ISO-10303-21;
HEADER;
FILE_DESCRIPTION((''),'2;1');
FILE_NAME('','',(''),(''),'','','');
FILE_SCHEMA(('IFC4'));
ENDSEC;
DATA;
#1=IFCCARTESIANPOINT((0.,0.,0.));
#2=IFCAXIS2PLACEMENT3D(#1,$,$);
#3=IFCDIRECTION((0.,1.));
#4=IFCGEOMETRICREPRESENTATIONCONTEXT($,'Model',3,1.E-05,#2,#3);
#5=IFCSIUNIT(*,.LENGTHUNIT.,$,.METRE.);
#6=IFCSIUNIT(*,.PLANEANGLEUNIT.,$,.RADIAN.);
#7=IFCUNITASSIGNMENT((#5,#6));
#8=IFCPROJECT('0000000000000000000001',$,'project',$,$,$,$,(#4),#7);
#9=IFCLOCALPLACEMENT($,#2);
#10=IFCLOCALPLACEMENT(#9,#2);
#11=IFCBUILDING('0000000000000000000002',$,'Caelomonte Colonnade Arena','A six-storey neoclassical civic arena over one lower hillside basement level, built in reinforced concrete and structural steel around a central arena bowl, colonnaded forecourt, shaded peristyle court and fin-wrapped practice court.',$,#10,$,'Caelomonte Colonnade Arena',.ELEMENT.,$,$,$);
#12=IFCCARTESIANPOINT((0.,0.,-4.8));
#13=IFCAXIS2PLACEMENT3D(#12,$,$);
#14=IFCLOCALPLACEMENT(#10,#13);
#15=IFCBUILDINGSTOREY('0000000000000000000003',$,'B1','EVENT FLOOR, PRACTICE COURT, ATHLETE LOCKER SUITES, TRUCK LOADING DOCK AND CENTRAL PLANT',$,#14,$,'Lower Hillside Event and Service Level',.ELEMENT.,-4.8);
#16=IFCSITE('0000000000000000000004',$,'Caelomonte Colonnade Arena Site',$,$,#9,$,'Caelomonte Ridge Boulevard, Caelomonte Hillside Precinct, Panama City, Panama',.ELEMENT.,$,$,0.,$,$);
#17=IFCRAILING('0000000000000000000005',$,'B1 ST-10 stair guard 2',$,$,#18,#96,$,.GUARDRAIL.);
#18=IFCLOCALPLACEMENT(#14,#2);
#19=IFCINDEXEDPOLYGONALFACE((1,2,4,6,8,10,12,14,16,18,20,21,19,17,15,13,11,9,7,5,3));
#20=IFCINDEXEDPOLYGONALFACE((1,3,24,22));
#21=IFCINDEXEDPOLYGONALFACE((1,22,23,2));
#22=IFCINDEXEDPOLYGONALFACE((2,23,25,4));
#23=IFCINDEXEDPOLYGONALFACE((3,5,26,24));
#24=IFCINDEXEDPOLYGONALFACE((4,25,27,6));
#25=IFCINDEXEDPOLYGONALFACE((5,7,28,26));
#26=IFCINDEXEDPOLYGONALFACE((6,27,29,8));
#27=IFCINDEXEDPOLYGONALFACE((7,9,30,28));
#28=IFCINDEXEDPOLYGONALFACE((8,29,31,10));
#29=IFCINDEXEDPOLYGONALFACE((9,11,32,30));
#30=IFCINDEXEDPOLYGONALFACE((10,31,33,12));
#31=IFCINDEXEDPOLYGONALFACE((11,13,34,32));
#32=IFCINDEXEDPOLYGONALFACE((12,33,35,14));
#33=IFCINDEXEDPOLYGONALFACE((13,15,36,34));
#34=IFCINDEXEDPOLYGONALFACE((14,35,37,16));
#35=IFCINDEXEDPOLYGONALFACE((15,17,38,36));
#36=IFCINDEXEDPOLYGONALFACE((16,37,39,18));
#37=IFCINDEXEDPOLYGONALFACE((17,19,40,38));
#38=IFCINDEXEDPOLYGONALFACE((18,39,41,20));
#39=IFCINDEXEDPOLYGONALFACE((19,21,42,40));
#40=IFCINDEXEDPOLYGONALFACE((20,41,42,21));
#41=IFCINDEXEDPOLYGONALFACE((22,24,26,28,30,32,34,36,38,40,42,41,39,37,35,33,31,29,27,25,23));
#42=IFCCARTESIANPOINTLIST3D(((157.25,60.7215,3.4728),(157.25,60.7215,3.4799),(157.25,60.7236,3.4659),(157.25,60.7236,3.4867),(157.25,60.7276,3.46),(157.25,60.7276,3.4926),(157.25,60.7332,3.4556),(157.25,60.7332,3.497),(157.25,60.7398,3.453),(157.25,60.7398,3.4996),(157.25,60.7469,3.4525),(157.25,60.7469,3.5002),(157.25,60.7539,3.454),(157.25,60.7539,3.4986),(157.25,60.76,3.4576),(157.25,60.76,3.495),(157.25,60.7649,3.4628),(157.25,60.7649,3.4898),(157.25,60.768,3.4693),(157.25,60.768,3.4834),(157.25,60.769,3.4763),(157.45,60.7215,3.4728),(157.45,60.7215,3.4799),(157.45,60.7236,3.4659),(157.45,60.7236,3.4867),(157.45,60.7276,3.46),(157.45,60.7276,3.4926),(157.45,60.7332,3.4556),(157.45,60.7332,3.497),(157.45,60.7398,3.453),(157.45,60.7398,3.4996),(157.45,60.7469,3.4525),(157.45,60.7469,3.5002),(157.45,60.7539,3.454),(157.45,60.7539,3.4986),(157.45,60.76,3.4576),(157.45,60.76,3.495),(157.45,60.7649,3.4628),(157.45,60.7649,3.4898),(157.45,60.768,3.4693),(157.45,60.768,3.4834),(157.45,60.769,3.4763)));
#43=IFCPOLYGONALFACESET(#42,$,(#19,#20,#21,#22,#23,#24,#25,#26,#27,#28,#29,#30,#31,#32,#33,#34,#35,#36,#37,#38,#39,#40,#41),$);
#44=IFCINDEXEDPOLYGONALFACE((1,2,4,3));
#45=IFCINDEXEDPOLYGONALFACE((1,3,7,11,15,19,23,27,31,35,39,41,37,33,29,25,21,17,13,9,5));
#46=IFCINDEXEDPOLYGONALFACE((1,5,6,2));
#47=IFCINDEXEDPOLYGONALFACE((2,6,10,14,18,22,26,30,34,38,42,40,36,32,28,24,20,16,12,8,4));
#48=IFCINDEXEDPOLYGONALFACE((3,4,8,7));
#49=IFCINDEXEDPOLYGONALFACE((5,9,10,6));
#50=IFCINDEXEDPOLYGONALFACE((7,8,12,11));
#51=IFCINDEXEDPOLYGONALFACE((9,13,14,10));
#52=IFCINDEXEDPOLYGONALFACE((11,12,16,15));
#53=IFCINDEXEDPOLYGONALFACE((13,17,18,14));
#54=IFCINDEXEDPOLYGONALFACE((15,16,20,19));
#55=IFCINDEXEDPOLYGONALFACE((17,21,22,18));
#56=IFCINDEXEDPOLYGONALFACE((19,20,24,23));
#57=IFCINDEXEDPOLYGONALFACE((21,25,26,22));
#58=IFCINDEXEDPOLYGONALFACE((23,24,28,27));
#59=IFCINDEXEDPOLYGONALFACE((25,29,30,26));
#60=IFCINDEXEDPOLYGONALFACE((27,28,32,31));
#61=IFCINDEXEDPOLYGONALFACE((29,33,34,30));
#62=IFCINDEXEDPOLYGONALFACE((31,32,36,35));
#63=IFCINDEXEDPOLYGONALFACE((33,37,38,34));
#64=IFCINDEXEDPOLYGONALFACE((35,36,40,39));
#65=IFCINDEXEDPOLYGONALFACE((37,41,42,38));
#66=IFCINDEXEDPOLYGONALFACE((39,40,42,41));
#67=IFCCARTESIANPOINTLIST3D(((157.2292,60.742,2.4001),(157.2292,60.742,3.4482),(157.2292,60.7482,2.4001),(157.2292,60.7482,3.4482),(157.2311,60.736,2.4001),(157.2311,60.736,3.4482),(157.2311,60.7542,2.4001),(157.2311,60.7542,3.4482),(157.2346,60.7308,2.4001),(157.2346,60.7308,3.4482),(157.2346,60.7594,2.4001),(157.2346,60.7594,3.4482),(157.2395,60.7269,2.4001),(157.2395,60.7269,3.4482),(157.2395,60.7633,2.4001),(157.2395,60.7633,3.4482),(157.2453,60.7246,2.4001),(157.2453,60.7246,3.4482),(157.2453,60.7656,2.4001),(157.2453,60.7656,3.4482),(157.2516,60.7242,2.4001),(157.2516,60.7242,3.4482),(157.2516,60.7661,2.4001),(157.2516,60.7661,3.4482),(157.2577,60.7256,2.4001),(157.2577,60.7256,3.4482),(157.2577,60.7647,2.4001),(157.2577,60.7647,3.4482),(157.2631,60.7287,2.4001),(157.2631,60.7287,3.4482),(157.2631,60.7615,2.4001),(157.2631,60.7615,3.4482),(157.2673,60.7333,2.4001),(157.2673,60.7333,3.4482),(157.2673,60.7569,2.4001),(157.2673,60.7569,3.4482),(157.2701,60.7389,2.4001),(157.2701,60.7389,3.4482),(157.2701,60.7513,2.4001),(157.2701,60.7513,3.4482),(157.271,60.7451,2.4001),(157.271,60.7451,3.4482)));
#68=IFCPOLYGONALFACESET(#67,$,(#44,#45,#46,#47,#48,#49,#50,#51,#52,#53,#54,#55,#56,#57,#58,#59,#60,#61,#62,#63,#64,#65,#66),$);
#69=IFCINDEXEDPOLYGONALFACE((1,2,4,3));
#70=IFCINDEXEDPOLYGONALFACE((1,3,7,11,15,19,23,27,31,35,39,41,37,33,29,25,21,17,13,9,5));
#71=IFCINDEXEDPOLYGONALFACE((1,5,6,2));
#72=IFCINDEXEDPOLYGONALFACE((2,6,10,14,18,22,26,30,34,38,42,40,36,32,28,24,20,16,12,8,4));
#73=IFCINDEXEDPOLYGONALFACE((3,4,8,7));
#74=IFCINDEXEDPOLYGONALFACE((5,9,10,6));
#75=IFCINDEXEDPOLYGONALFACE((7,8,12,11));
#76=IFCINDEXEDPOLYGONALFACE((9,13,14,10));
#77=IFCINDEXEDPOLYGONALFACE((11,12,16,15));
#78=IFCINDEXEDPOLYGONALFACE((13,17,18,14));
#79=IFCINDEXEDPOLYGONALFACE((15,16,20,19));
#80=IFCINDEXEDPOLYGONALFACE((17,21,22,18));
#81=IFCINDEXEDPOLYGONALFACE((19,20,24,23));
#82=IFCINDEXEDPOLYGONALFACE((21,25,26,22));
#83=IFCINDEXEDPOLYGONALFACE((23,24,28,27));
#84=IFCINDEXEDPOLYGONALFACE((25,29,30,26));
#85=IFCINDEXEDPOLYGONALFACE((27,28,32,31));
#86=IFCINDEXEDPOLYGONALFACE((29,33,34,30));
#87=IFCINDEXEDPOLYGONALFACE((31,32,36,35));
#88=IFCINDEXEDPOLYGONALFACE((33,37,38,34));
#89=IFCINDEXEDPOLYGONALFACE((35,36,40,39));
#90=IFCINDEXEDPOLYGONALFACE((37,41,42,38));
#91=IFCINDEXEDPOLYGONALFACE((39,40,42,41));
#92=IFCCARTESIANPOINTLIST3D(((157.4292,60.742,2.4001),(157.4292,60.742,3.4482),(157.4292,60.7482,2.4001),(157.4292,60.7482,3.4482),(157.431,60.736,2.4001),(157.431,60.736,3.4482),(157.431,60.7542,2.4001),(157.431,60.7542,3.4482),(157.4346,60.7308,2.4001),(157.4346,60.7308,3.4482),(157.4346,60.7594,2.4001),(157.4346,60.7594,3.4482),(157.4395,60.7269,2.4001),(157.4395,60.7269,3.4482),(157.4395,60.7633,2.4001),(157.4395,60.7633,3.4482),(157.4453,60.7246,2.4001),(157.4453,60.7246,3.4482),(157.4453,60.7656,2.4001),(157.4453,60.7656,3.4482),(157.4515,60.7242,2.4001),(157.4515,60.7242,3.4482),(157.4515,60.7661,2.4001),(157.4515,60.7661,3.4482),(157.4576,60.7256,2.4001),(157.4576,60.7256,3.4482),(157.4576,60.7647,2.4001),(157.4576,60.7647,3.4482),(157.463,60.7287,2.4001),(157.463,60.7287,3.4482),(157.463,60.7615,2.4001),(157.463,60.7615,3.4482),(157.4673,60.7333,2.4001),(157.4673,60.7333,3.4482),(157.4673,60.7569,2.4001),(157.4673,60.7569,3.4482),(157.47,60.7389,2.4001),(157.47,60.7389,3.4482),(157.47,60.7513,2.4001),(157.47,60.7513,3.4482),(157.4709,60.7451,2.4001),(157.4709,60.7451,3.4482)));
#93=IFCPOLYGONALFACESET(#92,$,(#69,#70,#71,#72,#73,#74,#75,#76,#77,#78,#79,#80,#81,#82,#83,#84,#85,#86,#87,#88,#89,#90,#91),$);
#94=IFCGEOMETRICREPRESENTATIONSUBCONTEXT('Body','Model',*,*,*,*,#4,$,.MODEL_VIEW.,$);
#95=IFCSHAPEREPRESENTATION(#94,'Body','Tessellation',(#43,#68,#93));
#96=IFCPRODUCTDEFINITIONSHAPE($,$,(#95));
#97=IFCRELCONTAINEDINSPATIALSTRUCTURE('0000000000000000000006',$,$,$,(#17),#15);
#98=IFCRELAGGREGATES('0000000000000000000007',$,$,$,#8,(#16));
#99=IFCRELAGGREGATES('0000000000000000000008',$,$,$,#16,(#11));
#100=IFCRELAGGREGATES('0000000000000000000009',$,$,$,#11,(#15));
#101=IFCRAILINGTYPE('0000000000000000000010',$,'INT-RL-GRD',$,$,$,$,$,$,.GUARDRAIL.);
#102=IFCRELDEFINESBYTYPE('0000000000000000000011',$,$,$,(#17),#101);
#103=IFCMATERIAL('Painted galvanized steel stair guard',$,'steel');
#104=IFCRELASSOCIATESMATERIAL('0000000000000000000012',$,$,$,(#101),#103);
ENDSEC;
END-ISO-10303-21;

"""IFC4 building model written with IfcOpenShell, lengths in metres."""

from ifc_helpers import new_model, si_unit, direction, frame, origin, origin_2d, place, context, subcontext, project, spatial, circle, extrude, material, type_object, element, save


model = new_model("IFC4")

# Units and contexts
model_context = context("Model", 3, precision=1e-05, world=origin(), true_north=direction((0.0, 1.0)))
body_context = subcontext(model_context, "Body", "Model", "MODEL_VIEW")
ifc_project = project(units=[si_unit("LENGTHUNIT", "METRE"), si_unit("PLANEANGLEUNIT", "RADIAN")], contexts=[model_context])

# Site, building, storey
site_placement = place(None, origin())
site = spatial("IfcSite", under=ifc_project, at=site_placement, Name="Caelomonte Colonnade Arena Site", LongName="Caelomonte Ridge Boulevard, Caelomonte Hillside Precinct, Panama City, Panama", CompositionType="ELEMENT", RefElevation=0.0)
building_placement = place(site_placement, origin())
building = spatial("IfcBuilding", under=site, at=building_placement, Name="Caelomonte Colonnade Arena", Description="A six-storey neoclassical civic arena over one lower hillside basement level, built in reinforced concrete and structural steel around a central arena bowl, colonnaded forecourt, shaded peristyle court and fin-wrapped practice court.", LongName="Caelomonte Colonnade Arena", CompositionType="ELEMENT")
storey_placement = place(building_placement, frame((0.0, 0.0, -4.8)))
storey = spatial("IfcBuildingStorey", under=building, at=storey_placement, Name="B1", Description="EVENT FLOOR, PRACTICE COURT, ATHLETE LOCKER SUITES, TRUCK LOADING DOCK AND CENTRAL PLANT", LongName="Lower Hillside Event and Service Level", CompositionType="ELEMENT", Elevation=-4.8)

# Railing
ifc_material_1 = material(Name="Painted galvanized steel stair guard", Category="steel")
railing_type_1 = type_object("IfcRailingType", Name="INT-RL-GRD", PredefinedType="GUARDRAIL", material=ifc_material_1)
railing_1_placement = place(storey_placement, frame((157.25, 60.7451, 2.4001)))
element("IfcRailing", 1, at=railing_1_placement, inside=storey, type_object=railing_type_1, Name="B1 ST-10 stair guard 2", PredefinedType="GUARDRAIL", context=body_context, shape_type="SweptSolid", body=[
    extrude(circle(Radius=0.0239, at=origin_2d()), frame((0.0, 0.0, 1.0762), z_axis=(1.0, 0.0, 0.0), x_axis=(0.0, 1.0, 0.0)), (0.0, 0.0, 1.0), 0.2),
    extrude(circle(Radius=0.021, at=origin_2d()), origin(), (0.0, 0.0, 1.0), 1.0481),
    extrude(circle(Radius=0.021, at=origin_2d()), frame((0.2, 0.0, 0.0)), (0.0, 0.0, 1.0), 1.0481),
])

save(model, "model.ifc")
